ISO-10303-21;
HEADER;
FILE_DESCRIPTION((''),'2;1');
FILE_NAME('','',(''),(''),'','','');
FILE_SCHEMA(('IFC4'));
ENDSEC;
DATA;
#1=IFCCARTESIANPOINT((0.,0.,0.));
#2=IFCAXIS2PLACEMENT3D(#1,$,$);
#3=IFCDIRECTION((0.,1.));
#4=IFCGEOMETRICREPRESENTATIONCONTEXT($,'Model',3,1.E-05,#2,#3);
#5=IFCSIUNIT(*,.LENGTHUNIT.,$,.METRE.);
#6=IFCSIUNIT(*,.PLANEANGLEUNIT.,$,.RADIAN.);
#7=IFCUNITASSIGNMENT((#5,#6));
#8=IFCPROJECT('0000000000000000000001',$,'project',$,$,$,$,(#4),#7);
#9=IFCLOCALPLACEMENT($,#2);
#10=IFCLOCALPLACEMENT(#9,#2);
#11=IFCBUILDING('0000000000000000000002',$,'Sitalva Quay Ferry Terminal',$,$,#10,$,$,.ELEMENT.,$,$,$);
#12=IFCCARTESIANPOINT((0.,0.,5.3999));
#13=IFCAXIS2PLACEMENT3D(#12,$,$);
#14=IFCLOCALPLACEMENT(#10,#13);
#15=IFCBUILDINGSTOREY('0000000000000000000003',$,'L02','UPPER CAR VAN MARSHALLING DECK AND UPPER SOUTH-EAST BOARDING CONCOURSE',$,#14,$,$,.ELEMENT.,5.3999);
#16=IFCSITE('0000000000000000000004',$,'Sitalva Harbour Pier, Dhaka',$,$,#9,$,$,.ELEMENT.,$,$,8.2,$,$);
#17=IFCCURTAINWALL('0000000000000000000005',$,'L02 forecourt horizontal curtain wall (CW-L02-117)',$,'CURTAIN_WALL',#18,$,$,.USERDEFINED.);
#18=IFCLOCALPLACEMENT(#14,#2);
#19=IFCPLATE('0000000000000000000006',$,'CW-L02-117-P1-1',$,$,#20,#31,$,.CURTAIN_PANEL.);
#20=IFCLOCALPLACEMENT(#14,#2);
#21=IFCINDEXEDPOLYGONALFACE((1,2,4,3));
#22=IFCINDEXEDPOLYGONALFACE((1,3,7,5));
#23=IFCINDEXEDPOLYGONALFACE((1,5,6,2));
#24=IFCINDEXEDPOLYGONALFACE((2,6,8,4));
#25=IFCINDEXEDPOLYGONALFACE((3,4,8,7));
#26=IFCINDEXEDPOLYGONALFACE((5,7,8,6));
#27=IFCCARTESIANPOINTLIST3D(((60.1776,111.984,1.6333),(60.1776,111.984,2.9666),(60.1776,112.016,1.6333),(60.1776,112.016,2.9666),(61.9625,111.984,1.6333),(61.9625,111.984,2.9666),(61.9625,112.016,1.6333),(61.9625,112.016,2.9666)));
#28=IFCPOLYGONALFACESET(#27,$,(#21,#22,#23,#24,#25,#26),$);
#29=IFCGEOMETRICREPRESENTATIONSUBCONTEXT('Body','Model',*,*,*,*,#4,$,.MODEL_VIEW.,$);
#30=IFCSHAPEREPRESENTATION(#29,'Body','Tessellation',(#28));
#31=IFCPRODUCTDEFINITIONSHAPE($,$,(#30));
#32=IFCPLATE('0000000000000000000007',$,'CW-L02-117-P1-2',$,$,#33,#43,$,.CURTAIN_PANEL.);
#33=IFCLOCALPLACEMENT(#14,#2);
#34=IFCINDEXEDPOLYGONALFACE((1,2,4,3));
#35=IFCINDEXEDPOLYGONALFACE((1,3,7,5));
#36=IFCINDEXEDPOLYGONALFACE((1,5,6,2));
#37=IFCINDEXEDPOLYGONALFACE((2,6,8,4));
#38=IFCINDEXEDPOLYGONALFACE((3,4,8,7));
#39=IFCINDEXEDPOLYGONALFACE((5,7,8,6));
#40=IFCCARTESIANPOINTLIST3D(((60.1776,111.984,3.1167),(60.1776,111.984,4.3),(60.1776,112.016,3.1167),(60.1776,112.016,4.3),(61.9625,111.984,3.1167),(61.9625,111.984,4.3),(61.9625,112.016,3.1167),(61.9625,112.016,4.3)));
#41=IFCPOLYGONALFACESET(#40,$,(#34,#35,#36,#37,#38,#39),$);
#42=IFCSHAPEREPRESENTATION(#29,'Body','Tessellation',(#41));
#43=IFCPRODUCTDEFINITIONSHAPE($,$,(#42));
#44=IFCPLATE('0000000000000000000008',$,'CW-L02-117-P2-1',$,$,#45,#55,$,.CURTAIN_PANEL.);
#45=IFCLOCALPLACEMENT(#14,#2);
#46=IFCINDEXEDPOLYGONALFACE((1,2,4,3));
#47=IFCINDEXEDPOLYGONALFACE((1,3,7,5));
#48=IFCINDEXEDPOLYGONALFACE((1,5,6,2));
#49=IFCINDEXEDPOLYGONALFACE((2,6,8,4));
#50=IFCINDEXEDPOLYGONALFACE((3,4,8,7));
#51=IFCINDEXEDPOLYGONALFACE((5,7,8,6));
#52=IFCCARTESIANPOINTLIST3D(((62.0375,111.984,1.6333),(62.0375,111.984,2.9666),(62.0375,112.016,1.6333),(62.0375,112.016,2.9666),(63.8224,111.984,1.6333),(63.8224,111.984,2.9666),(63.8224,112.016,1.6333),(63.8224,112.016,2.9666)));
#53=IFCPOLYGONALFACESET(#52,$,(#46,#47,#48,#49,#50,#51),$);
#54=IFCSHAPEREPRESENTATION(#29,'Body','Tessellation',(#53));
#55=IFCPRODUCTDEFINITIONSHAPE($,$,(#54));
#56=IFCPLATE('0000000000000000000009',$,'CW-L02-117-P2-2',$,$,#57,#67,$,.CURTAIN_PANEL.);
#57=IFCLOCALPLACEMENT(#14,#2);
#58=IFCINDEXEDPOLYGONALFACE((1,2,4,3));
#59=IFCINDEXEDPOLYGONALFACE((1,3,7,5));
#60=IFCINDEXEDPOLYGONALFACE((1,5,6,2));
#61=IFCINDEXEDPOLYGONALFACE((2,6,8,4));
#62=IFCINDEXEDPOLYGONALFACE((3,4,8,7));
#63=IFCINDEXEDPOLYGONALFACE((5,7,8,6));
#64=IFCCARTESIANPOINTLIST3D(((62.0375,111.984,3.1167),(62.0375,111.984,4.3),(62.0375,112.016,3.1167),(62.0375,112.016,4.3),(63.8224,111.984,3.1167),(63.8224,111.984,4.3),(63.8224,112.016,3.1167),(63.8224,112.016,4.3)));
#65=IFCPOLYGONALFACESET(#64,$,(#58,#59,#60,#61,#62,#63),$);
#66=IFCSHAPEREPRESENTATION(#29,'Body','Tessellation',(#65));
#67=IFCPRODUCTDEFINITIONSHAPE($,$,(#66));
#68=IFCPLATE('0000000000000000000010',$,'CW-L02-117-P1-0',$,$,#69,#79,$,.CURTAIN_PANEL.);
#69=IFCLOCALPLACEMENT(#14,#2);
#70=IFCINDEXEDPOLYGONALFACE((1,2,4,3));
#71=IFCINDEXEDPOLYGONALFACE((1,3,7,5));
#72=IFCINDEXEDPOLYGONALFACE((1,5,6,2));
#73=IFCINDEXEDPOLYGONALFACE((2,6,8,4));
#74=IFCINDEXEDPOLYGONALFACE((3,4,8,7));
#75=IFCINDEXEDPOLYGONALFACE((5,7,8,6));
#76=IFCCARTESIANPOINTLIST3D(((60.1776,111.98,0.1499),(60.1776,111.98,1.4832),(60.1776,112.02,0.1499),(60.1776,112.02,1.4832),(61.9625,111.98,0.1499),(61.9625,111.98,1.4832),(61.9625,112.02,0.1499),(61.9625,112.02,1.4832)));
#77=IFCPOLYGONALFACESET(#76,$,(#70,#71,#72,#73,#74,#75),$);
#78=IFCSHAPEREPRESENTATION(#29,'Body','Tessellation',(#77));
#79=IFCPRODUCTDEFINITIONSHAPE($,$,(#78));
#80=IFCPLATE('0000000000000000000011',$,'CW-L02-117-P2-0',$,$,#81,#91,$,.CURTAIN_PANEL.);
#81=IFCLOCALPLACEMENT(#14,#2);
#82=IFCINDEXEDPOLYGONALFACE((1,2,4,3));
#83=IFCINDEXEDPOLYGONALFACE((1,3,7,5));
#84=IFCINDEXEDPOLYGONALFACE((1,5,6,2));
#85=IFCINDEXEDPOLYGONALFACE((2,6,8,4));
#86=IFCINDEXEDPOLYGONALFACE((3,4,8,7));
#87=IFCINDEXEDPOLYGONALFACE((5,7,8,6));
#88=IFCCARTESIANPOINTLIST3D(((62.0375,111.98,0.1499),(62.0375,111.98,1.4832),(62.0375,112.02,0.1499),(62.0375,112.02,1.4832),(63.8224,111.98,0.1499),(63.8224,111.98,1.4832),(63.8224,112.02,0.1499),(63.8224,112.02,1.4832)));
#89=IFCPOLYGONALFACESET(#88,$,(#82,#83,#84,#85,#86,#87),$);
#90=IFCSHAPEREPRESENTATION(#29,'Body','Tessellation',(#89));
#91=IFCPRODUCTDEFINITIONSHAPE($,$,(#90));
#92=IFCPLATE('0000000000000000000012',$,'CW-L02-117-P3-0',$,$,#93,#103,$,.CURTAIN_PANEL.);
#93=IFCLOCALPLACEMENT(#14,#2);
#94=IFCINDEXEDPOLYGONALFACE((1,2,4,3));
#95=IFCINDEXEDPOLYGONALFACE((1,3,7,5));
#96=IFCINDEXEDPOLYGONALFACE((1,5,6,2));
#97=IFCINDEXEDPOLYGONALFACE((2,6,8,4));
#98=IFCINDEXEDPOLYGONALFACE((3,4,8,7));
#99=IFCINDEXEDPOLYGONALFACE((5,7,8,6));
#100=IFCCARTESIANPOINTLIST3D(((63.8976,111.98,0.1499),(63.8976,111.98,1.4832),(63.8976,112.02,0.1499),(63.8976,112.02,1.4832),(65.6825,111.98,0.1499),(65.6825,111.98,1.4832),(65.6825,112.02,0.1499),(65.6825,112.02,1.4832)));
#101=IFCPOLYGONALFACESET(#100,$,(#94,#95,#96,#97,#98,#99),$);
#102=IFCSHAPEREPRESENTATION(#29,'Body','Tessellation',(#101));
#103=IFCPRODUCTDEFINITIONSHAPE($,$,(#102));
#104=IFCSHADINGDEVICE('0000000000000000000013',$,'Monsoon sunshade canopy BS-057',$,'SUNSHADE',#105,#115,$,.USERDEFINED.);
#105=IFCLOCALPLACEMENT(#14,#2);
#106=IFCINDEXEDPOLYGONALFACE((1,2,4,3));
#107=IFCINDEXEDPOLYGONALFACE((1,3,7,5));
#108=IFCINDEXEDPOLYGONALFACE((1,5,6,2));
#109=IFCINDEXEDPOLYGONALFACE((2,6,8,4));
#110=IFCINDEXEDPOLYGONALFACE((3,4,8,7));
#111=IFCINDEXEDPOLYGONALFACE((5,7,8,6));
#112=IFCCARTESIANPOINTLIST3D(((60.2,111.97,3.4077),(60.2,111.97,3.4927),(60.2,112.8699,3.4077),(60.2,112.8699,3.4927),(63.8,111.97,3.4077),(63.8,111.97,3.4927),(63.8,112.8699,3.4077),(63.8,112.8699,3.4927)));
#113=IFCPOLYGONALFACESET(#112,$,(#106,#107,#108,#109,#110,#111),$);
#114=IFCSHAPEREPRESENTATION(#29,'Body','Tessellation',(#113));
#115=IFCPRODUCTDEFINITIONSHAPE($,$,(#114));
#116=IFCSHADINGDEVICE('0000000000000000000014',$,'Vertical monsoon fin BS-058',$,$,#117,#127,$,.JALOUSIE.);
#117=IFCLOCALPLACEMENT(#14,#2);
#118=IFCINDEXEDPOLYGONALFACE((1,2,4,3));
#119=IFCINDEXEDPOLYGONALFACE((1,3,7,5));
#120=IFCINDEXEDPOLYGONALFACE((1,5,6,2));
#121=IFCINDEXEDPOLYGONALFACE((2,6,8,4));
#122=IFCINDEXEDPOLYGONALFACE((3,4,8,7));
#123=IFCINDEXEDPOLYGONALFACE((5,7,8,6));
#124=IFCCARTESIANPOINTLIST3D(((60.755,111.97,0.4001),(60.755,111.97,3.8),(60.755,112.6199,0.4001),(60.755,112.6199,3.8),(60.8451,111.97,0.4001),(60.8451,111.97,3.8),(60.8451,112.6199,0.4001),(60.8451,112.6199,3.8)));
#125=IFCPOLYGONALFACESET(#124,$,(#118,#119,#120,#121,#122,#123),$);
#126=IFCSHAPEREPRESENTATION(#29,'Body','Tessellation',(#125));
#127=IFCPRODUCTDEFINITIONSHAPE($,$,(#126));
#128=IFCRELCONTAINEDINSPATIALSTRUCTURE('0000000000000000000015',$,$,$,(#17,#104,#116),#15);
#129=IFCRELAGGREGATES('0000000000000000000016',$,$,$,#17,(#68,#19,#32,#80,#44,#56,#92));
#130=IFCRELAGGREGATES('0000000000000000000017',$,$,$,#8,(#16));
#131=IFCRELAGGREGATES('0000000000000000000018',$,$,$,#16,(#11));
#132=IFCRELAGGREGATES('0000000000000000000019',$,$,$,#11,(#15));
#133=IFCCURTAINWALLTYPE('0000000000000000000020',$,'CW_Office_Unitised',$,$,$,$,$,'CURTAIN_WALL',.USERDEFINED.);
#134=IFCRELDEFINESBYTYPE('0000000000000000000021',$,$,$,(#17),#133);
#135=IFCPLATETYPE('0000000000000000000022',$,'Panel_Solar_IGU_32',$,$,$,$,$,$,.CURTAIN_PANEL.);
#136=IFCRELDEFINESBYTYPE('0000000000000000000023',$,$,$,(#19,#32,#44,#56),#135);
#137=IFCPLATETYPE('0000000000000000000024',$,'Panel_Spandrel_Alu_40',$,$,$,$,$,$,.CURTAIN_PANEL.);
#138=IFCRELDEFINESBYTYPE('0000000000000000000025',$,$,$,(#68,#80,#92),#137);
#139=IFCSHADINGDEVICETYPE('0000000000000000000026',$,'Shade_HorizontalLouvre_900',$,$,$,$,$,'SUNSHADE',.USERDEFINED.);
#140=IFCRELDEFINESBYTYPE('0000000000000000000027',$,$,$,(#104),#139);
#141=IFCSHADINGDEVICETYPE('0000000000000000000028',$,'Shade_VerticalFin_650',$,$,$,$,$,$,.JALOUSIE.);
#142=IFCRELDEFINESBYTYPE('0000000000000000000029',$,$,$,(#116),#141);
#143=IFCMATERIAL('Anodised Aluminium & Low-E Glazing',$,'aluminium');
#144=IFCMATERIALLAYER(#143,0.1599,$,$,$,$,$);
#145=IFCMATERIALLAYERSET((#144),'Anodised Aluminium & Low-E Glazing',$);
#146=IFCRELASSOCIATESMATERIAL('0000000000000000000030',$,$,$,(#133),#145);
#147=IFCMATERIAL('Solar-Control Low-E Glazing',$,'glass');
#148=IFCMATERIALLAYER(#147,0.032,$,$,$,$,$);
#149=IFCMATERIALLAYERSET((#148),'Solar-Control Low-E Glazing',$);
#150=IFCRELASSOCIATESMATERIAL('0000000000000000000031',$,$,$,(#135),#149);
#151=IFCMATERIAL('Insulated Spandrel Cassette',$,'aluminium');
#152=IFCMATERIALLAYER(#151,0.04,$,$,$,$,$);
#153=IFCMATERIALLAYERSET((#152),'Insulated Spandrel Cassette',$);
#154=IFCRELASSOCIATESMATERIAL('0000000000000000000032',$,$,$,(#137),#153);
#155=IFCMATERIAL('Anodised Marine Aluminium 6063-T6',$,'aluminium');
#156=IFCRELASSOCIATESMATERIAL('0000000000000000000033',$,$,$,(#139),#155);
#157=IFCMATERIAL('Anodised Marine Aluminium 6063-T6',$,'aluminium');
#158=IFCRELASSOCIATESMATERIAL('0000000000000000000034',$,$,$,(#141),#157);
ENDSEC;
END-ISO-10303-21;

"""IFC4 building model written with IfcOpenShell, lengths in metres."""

from ifc_helpers import new_model, si_unit, direction, frame, origin, origin_2d, place, context, subcontext, project, spatial, rectangle, extrude, material, layer, layer_set, type_object, element, aggregate, save


model = new_model("IFC4")

# Units and contexts
model_context = context("Model", 3, precision=1e-05, world=origin(), true_north=direction((0.0, 1.0)))
body_context = subcontext(model_context, "Body", "Model", "MODEL_VIEW")
ifc_project = project(units=[si_unit("LENGTHUNIT", "METRE"), si_unit("PLANEANGLEUNIT", "RADIAN")], contexts=[model_context])

# Site, building, storey
site_placement = place(None, origin())
site = spatial("IfcSite", under=ifc_project, at=site_placement, Name="Sitalva Harbour Pier, Dhaka", CompositionType="ELEMENT", RefElevation=8.2)
building_placement = place(site_placement, origin())
building = spatial("IfcBuilding", under=site, at=building_placement, Name="Sitalva Quay Ferry Terminal", CompositionType="ELEMENT")
storey_placement = place(building_placement, frame((0.0, 0.0, 5.3999)))
storey = spatial("IfcBuildingStorey", under=building, at=storey_placement, Name="L02", Description="UPPER CAR VAN MARSHALLING DECK AND UPPER SOUTH-EAST BOARDING CONCOURSE", CompositionType="ELEMENT", Elevation=5.3999)

# Curtain wall, plates
ifc_material_1 = material(Name="Anodised Aluminium & Low-E Glazing", Category="aluminium")
ifc_layer_1 = layer(ifc_material_1, 0.1599)
ifc_layer_set_1 = layer_set([ifc_layer_1], Name="Anodised Aluminium & Low-E Glazing")
curtain_wall_type = type_object("IfcCurtainWallType", Name="CW_Office_Unitised", ElementType="CURTAIN_WALL", PredefinedType="USERDEFINED", material=ifc_layer_set_1)
curtain_wall_placement = place(storey_placement, origin())
curtain_wall = element("IfcCurtainWall", 1, at=curtain_wall_placement, inside=storey, type_object=curtain_wall_type, Name="L02 forecourt horizontal curtain wall (CW-L02-117)", ObjectType="CURTAIN_WALL", PredefinedType="USERDEFINED")
ifc_material_2 = material(Name="Solar-Control Low-E Glazing", Category="glass")
ifc_layer_2 = layer(ifc_material_2, 0.032)
ifc_layer_set_2 = layer_set([ifc_layer_2], Name="Solar-Control Low-E Glazing")
plate_type_1 = type_object("IfcPlateType", Name="Panel_Solar_IGU_32", PredefinedType="CURTAIN_PANEL", material=ifc_layer_set_2)
plate_1_placement = place(storey_placement, frame((61.0701, 112.0, 1.6333), z_axis=(0.0, 0.0, 1.0), x_axis=(1.0, 0.0, 0.0)))
plate_1 = element("IfcPlate", 2, at=plate_1_placement, type_object=plate_type_1, Name="CW-L02-117-P1-1", PredefinedType="CURTAIN_PANEL", context=body_context, shape_type="SweptSolid", body=[
    extrude(rectangle(XDim=1.7849, YDim=0.032, at=origin_2d()), origin(), (0.0, 0.0, 1.0), 1.3333),
])
plate_2_placement = place(storey_placement, frame((61.0701, 112.0, 3.1167), z_axis=(0.0, 0.0, 1.0), x_axis=(1.0, 0.0, 0.0)))
plate_2 = element("IfcPlate", 3, at=plate_2_placement, type_object=plate_type_1, Name="CW-L02-117-P1-2", PredefinedType="CURTAIN_PANEL", context=body_context, shape_type="SweptSolid", body=[
    extrude(rectangle(XDim=1.7849, YDim=0.032, at=origin_2d()), origin(), (0.0, 0.0, 1.0), 1.1833),
])
plate_3_placement = place(storey_placement, frame((62.9299, 112.0, 1.6333), z_axis=(0.0, 0.0, 1.0), x_axis=(1.0, 0.0, 0.0)))
plate_3 = element("IfcPlate", 4, at=plate_3_placement, type_object=plate_type_1, Name="CW-L02-117-P2-1", PredefinedType="CURTAIN_PANEL", context=body_context, shape_type="SweptSolid", body=[
    extrude(rectangle(XDim=1.7849, YDim=0.032, at=origin_2d()), origin(), (0.0, 0.0, 1.0), 1.3333),
])
plate_4_placement = place(storey_placement, frame((62.9299, 112.0, 3.1167), z_axis=(0.0, 0.0, 1.0), x_axis=(1.0, 0.0, 0.0)))
plate_4 = element("IfcPlate", 5, at=plate_4_placement, type_object=plate_type_1, Name="CW-L02-117-P2-2", PredefinedType="CURTAIN_PANEL", context=body_context, shape_type="SweptSolid", body=[
    extrude(rectangle(XDim=1.7849, YDim=0.032, at=origin_2d()), origin(), (0.0, 0.0, 1.0), 1.1833),
])
ifc_material_3 = material(Name="Insulated Spandrel Cassette", Category="aluminium")
ifc_layer_3 = layer(ifc_material_3, 0.04)
ifc_layer_set_3 = layer_set([ifc_layer_3], Name="Insulated Spandrel Cassette")
plate_type_2 = type_object("IfcPlateType", Name="Panel_Spandrel_Alu_40", PredefinedType="CURTAIN_PANEL", material=ifc_layer_set_3)
plate_5_placement = place(storey_placement, frame((61.0701, 112.0, 0.1499), z_axis=(0.0, 0.0, 1.0), x_axis=(1.0, 0.0, 0.0)))
plate_5 = element("IfcPlate", 6, at=plate_5_placement, type_object=plate_type_2, Name="CW-L02-117-P1-0", PredefinedType="CURTAIN_PANEL", context=body_context, shape_type="SweptSolid", body=[
    extrude(rectangle(XDim=1.7849, YDim=0.04, at=origin_2d()), origin(), (0.0, 0.0, 1.0), 1.3333),
])
plate_6_placement = place(storey_placement, frame((62.9299, 112.0, 0.1499), z_axis=(0.0, 0.0, 1.0), x_axis=(1.0, 0.0, 0.0)))
plate_6 = element("IfcPlate", 7, at=plate_6_placement, type_object=plate_type_2, Name="CW-L02-117-P2-0", PredefinedType="CURTAIN_PANEL", context=body_context, shape_type="SweptSolid", body=[
    extrude(rectangle(XDim=1.7849, YDim=0.04, at=origin_2d()), origin(), (0.0, 0.0, 1.0), 1.3333),
])
plate_7_placement = place(storey_placement, frame((64.79, 112.0, 0.1499), z_axis=(0.0, 0.0, 1.0), x_axis=(1.0, 0.0, 0.0)))
plate_7 = element("IfcPlate", 8, at=plate_7_placement, type_object=plate_type_2, Name="CW-L02-117-P3-0", PredefinedType="CURTAIN_PANEL", context=body_context, shape_type="SweptSolid", body=[
    extrude(rectangle(XDim=1.7849, YDim=0.04, at=origin_2d()), origin(), (0.0, 0.0, 1.0), 1.3333),
])
aggregate(curtain_wall, [plate_5, plate_1, plate_2, plate_6, plate_3, plate_4, plate_7])

# Shading devices
ifc_material_4 = material(Name="Anodised Marine Aluminium 6063-T6", Category="aluminium")
shading_device_type_1 = type_object("IfcShadingDeviceType", Name="Shade_HorizontalLouvre_900", ElementType="SUNSHADE", PredefinedType="USERDEFINED", material=ifc_material_4)
shading_device_1_placement = place(storey_placement, frame((62.0, 112.4199, 3.4077), z_axis=(0.0, 0.0, 1.0), x_axis=(1.0, 0.0, 0.0)))
element("IfcShadingDevice", 9, at=shading_device_1_placement, inside=storey, type_object=shading_device_type_1, Name="Monsoon sunshade canopy BS-057", ObjectType="SUNSHADE", PredefinedType="USERDEFINED", context=body_context, shape_type="SweptSolid", body=[
    extrude(rectangle(XDim=3.6001, YDim=0.8999, at=origin_2d()), origin(), (0.0, 0.0, 1.0), 0.085),
])
ifc_material_5 = material(Name="Anodised Marine Aluminium 6063-T6", Category="aluminium")
shading_device_type_2 = type_object("IfcShadingDeviceType", Name="Shade_VerticalFin_650", PredefinedType="JALOUSIE", material=ifc_material_5)
shading_device_2_placement = place(storey_placement, frame((60.8, 112.2949, 0.4001), z_axis=(0.0, 0.0, 1.0), x_axis=(1.0, 0.0, 0.0)))
element("IfcShadingDevice", 10, at=shading_device_2_placement, inside=storey, type_object=shading_device_type_2, Name="Vertical monsoon fin BS-058", PredefinedType="JALOUSIE", context=body_context, shape_type="SweptSolid", body=[
    extrude(rectangle(XDim=0.0901, YDim=0.6499, at=origin_2d()), origin(), (0.0, 0.0, 1.0), 3.3999),
])

save(model, "model.ifc")
